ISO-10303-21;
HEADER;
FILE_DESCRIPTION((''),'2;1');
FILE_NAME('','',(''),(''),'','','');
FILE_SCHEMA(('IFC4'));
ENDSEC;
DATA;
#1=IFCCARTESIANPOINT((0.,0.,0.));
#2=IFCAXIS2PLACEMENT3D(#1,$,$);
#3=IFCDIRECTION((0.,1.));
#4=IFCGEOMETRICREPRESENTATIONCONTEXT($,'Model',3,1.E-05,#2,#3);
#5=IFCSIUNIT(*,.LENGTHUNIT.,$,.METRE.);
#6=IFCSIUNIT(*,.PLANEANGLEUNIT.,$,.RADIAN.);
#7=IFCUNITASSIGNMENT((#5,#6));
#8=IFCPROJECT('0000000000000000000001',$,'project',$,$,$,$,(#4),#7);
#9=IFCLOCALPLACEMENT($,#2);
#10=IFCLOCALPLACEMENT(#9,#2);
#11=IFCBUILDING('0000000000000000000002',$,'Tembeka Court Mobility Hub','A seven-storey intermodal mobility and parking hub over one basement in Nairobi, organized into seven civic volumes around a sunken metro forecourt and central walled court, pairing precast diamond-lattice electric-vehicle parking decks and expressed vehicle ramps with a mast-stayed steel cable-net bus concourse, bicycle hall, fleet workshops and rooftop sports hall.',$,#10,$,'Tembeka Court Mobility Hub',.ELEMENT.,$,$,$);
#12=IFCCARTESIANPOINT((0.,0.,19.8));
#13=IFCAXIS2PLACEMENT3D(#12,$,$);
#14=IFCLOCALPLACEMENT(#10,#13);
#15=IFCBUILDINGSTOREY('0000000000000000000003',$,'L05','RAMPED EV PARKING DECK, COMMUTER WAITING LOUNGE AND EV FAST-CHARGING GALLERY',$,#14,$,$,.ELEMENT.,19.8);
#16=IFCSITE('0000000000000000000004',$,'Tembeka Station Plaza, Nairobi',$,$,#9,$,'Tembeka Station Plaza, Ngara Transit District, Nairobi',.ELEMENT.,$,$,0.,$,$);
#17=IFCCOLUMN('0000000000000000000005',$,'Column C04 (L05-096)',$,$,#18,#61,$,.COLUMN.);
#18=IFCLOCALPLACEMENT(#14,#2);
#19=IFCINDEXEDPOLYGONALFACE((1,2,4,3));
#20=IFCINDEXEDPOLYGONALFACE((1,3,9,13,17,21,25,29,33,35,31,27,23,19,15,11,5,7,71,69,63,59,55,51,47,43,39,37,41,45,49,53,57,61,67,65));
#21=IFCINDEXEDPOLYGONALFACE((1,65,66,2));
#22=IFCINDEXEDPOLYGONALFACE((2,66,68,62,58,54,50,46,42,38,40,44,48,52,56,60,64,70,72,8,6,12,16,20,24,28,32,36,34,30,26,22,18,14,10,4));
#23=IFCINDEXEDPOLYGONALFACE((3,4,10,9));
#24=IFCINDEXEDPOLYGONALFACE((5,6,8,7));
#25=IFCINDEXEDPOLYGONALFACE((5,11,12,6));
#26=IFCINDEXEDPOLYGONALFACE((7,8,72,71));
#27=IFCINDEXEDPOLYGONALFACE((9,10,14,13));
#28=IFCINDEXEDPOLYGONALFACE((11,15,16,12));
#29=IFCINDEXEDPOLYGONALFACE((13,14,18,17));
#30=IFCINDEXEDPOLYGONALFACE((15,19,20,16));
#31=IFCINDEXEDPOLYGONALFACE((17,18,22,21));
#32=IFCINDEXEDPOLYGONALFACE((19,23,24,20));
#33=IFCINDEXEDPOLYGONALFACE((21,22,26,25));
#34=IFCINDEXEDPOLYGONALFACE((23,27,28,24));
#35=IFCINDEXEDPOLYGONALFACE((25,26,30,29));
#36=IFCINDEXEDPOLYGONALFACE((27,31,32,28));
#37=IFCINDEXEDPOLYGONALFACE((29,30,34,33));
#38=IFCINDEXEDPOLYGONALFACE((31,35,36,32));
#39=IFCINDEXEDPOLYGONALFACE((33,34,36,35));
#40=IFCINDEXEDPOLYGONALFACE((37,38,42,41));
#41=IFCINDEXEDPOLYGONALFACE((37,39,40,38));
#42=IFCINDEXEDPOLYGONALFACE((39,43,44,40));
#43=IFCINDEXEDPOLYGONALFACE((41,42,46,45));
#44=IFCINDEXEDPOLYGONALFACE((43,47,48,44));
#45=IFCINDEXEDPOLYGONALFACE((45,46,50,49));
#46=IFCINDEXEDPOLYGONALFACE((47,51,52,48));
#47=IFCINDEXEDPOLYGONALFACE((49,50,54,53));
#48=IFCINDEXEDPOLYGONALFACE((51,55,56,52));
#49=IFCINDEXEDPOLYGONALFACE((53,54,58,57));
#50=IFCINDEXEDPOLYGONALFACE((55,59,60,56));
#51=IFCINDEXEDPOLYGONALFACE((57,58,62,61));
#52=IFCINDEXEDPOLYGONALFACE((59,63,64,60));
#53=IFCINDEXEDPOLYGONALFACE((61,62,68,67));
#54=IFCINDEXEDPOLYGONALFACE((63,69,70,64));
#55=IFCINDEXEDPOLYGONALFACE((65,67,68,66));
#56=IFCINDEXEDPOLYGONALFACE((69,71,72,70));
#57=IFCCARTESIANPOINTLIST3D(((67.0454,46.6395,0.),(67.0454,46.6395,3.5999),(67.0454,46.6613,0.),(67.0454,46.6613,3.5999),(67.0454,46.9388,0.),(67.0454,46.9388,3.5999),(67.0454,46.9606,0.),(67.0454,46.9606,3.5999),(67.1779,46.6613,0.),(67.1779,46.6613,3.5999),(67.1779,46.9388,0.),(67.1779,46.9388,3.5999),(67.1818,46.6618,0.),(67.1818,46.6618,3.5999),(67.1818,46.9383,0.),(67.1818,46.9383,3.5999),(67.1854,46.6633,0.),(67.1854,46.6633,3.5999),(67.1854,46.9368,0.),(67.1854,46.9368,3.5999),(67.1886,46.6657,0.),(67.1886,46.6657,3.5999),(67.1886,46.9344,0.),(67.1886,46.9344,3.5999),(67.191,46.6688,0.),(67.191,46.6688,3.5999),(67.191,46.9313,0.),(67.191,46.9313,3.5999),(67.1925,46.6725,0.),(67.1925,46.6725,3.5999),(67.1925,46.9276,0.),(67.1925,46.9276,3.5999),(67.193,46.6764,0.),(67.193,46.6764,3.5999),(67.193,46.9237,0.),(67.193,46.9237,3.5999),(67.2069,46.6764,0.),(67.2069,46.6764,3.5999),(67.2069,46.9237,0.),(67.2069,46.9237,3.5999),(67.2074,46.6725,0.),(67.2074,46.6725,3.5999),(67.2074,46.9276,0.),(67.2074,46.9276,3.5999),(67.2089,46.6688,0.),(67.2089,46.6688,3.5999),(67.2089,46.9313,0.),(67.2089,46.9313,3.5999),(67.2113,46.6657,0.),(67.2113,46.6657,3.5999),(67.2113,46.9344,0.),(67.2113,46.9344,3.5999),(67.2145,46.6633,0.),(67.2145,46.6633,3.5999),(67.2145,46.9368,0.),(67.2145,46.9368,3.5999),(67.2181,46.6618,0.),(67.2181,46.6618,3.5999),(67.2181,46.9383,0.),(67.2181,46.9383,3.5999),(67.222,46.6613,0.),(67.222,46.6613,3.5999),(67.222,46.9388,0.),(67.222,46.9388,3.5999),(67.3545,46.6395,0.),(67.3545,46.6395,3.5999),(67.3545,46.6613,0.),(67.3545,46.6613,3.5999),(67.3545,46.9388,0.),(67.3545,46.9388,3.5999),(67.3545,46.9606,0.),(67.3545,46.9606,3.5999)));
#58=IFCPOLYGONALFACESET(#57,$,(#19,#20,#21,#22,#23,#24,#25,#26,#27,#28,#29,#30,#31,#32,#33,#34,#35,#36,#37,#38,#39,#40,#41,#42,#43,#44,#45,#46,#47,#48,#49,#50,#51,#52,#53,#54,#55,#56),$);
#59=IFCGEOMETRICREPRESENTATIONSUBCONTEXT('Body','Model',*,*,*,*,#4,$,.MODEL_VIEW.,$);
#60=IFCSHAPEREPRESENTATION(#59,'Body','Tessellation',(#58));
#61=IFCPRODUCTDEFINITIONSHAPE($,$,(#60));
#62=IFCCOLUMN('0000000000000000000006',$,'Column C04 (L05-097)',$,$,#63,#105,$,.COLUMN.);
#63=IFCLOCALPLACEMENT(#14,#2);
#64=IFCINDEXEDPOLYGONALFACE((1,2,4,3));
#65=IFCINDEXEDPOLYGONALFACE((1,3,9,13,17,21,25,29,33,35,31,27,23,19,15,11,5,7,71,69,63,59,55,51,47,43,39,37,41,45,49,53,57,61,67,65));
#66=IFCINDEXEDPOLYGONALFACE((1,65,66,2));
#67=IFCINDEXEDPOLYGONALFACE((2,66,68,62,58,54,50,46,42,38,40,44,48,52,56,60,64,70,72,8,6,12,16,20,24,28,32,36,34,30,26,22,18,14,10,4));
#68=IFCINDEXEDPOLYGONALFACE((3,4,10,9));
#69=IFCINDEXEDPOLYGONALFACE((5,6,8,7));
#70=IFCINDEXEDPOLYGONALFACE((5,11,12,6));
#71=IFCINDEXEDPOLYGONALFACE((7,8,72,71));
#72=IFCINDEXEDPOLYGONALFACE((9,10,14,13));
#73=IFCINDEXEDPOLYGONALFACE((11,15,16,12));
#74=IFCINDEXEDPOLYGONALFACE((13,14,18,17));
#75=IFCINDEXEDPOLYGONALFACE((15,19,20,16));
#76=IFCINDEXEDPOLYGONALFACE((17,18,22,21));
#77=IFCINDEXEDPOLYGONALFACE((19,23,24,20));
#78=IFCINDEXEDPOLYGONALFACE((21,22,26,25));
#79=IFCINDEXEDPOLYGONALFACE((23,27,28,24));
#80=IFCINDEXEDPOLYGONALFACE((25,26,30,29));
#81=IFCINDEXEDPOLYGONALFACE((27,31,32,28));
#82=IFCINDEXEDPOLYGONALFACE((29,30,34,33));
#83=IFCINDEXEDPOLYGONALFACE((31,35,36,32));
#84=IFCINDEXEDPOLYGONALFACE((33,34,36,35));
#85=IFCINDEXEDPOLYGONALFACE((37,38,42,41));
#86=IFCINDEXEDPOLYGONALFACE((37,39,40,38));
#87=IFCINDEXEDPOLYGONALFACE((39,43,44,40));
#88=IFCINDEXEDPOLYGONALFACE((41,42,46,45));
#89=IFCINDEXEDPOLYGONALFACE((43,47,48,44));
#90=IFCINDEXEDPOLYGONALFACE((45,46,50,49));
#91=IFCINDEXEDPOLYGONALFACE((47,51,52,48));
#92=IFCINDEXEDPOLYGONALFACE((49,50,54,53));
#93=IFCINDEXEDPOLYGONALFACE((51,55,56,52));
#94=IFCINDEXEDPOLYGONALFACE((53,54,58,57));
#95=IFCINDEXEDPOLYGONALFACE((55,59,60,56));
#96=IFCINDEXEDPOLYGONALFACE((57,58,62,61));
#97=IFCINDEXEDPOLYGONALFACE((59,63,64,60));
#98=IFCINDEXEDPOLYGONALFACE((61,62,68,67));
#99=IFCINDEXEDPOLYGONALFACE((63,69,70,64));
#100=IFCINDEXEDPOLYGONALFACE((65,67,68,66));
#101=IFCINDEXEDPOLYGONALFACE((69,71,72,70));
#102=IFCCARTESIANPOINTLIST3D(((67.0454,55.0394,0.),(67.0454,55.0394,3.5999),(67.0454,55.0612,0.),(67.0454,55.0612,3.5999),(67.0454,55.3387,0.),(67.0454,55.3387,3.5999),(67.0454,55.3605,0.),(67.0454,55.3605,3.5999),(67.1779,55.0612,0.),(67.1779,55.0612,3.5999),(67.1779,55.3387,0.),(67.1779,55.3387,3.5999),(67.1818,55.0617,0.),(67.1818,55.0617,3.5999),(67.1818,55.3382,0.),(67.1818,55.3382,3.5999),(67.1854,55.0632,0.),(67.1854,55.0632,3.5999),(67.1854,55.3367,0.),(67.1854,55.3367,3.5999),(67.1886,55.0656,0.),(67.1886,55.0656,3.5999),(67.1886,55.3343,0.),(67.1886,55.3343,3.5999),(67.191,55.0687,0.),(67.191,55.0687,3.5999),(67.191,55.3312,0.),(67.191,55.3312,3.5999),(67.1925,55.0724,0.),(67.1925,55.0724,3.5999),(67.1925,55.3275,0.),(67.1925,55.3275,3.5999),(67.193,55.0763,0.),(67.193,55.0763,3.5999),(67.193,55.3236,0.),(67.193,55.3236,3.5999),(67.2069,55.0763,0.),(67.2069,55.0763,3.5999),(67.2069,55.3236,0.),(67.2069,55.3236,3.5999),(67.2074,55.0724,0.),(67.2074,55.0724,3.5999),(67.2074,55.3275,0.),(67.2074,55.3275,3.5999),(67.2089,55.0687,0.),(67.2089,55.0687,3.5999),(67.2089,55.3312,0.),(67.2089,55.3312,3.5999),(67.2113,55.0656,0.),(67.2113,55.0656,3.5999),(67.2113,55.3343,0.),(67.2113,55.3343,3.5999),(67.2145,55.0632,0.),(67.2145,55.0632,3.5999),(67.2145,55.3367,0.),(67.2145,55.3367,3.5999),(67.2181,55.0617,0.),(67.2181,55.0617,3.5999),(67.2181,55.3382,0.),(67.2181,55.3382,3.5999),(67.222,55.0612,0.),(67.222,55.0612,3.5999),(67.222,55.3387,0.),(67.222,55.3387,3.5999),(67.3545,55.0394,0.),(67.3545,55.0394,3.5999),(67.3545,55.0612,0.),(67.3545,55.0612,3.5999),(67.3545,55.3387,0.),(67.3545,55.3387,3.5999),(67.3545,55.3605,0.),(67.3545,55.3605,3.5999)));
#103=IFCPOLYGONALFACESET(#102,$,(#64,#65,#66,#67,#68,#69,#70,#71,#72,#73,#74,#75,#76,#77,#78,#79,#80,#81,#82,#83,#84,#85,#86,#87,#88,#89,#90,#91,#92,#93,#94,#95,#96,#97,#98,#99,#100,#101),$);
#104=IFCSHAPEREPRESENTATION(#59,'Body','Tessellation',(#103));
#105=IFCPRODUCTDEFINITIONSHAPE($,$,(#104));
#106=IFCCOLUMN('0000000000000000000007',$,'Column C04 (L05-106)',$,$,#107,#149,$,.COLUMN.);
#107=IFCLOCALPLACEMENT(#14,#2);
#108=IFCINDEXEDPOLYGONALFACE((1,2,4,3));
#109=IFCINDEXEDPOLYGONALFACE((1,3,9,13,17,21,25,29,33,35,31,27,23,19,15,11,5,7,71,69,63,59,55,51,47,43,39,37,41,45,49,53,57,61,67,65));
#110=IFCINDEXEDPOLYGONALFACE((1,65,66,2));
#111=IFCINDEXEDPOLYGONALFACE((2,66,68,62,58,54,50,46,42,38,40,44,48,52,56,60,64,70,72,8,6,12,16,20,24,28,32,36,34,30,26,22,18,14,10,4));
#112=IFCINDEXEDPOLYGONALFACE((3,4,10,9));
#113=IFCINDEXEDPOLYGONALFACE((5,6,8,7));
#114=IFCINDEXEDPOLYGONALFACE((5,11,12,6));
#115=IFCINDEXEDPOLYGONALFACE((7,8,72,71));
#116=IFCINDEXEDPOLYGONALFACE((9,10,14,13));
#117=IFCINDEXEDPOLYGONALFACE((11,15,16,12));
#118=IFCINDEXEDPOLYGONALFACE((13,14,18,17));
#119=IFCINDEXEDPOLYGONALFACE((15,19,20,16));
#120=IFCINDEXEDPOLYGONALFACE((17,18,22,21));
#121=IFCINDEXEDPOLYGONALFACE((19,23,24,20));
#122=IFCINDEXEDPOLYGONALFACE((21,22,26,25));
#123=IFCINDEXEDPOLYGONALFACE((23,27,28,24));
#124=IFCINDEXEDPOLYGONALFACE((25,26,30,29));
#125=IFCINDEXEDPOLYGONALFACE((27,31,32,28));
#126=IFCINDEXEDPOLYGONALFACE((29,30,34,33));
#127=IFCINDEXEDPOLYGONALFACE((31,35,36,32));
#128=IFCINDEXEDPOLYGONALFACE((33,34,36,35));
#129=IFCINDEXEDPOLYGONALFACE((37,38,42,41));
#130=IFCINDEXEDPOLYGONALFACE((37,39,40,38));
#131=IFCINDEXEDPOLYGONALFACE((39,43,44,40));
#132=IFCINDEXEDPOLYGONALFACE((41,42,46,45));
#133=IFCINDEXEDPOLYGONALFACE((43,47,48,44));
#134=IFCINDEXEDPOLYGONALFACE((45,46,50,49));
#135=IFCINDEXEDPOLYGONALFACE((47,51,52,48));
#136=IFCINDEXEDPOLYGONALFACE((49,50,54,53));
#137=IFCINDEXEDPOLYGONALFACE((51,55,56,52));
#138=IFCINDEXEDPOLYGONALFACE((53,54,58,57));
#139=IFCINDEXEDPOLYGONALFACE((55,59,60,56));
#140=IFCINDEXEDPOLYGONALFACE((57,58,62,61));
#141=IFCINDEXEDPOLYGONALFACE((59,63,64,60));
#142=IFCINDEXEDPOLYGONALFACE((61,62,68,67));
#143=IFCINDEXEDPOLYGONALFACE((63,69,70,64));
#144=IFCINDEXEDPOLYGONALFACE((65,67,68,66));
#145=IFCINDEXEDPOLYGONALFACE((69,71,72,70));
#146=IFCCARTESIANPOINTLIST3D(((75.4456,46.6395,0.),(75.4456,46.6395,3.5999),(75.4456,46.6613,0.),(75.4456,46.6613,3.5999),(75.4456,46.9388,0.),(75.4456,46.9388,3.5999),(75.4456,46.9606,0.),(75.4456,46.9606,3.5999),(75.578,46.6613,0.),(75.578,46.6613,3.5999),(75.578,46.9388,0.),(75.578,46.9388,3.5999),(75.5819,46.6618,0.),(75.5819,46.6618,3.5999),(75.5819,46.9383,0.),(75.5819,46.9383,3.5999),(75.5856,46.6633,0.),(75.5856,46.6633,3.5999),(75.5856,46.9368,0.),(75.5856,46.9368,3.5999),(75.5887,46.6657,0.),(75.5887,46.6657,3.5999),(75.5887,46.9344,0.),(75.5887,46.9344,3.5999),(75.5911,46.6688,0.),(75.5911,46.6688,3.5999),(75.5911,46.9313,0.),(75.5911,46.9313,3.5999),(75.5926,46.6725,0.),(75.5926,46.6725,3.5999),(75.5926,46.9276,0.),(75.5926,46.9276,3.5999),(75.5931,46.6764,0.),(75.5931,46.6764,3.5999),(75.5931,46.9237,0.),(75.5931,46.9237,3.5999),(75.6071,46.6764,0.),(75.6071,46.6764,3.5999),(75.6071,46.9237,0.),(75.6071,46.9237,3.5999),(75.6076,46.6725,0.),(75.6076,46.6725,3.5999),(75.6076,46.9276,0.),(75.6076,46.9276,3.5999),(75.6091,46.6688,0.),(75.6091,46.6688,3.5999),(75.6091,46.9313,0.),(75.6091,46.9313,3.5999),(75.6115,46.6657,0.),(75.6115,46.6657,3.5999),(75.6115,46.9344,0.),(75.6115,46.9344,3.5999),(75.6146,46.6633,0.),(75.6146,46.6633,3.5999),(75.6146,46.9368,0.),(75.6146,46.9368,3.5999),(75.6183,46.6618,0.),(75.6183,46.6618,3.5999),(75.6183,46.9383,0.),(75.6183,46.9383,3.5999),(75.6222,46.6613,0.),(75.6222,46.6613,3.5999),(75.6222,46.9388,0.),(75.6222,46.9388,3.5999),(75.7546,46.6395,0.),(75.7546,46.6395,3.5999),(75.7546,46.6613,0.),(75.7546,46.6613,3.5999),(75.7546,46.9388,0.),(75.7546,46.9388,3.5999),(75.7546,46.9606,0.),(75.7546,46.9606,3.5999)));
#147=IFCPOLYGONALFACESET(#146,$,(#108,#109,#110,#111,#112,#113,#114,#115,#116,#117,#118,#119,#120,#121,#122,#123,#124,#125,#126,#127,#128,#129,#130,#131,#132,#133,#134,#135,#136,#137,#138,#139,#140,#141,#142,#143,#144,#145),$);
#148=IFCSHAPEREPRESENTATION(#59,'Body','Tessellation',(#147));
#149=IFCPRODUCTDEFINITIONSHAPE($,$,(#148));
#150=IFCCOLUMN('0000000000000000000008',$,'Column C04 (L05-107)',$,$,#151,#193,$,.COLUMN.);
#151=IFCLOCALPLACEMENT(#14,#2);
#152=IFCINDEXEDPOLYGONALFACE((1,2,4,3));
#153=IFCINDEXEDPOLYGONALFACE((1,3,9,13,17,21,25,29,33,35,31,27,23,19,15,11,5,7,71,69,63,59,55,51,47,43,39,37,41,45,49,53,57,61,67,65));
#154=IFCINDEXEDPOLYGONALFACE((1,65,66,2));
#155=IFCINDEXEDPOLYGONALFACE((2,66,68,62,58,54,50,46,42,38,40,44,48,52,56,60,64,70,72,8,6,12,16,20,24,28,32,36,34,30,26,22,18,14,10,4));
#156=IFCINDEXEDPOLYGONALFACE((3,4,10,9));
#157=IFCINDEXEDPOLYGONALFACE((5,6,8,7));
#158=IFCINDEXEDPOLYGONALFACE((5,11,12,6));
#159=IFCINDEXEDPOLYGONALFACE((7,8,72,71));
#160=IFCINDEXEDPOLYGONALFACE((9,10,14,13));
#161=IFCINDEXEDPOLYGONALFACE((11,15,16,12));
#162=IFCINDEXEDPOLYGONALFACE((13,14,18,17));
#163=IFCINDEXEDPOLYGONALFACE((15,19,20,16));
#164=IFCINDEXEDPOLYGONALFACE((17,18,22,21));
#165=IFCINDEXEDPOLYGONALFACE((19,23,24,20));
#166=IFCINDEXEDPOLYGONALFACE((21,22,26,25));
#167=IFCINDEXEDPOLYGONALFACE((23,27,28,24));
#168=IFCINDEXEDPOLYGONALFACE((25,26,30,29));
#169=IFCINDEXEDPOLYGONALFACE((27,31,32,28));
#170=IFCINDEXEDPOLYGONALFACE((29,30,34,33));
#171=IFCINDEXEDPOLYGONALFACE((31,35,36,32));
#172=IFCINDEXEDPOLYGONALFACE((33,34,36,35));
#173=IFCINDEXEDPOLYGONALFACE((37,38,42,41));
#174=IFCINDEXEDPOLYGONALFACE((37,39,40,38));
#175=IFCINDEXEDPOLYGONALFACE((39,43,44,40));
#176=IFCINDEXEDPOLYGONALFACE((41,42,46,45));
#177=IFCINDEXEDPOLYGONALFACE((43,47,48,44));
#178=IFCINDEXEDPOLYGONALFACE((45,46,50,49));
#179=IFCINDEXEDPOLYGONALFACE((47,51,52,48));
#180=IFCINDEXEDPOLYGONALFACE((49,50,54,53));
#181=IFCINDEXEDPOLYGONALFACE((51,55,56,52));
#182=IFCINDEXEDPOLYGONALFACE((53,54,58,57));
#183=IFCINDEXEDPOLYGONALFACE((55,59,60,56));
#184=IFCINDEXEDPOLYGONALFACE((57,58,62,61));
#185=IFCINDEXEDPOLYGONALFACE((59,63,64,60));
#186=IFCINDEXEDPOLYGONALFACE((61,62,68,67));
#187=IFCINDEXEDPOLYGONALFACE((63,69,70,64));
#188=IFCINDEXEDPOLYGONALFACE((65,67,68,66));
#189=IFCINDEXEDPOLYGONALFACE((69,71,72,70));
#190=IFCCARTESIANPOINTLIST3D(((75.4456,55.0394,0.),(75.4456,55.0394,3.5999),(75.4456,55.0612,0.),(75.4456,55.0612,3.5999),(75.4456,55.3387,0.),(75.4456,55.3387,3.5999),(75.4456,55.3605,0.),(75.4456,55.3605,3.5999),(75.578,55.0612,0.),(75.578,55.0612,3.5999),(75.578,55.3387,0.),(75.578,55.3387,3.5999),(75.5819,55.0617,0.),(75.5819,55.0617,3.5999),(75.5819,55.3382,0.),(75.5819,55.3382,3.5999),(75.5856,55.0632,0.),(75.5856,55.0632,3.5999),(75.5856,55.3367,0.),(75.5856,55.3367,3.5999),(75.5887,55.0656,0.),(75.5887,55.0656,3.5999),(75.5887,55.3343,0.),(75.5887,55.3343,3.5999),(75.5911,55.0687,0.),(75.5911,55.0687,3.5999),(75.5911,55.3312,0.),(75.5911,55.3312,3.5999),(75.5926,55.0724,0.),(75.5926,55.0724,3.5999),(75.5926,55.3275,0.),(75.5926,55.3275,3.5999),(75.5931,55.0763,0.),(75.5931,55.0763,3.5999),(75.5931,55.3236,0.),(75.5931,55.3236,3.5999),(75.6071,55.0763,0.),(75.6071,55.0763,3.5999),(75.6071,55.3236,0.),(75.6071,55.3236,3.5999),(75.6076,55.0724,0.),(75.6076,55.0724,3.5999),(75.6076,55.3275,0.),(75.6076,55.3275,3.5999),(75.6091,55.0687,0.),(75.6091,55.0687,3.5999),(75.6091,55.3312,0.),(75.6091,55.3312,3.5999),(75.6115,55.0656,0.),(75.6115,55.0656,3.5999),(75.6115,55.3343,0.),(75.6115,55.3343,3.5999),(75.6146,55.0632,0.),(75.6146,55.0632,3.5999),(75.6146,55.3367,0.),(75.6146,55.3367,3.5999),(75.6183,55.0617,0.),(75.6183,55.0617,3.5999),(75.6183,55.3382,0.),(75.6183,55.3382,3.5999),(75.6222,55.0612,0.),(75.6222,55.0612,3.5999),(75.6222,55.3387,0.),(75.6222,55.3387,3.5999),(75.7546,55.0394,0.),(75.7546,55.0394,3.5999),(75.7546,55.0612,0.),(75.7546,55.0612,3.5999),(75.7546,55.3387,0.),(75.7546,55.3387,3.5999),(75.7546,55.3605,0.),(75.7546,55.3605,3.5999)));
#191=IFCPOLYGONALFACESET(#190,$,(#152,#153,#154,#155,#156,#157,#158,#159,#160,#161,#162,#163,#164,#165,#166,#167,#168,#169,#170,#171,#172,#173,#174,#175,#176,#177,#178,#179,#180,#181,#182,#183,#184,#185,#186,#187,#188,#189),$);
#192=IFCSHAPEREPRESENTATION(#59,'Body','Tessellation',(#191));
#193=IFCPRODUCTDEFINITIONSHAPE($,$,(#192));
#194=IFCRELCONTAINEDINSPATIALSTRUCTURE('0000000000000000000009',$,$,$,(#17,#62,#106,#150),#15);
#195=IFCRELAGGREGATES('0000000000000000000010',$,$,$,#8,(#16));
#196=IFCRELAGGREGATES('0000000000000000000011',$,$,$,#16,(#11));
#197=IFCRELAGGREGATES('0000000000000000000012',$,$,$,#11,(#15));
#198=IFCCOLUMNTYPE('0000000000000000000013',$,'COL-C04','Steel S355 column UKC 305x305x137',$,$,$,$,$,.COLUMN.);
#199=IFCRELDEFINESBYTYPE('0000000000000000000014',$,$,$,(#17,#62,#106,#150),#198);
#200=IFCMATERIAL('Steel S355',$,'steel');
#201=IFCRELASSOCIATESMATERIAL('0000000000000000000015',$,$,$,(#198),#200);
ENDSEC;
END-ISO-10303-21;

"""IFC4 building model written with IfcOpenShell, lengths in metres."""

from ifc_helpers import new_model, si_unit, direction, frame, origin, origin_2d, place, context, subcontext, project, spatial, i_section, extrude, material, material_profile, profile_set, type_object, element, save


model = new_model("IFC4")

# Units and contexts
model_context = context("Model", 3, precision=1e-05, world=origin(), true_north=direction((0.0, 1.0)))
body_context = subcontext(model_context, "Body", "Model", "MODEL_VIEW")
ifc_project = project(units=[si_unit("LENGTHUNIT", "METRE"), si_unit("PLANEANGLEUNIT", "RADIAN")], contexts=[model_context])

# Site, building, storey
site_placement = place(None, origin())
site = spatial("IfcSite", under=ifc_project, at=site_placement, Name="Tembeka Station Plaza, Nairobi", LongName="Tembeka Station Plaza, Ngara Transit District, Nairobi", CompositionType="ELEMENT", RefElevation=0.0)
building_placement = place(site_placement, origin())
building = spatial("IfcBuilding", under=site, at=building_placement, Name="Tembeka Court Mobility Hub", Description="A seven-storey intermodal mobility and parking hub over one basement in Nairobi, organized into seven civic volumes around a sunken metro forecourt and central walled court, pairing precast diamond-lattice electric-vehicle parking decks and expressed vehicle ramps with a mast-stayed steel cable-net bus concourse, bicycle hall, fleet workshops and rooftop sports hall.", LongName="Tembeka Court Mobility Hub", CompositionType="ELEMENT")
storey_placement = place(building_placement, frame((0.0, 0.0, 19.8)))
storey = spatial("IfcBuildingStorey", under=building, at=storey_placement, Name="L05", Description="RAMPED EV PARKING DECK, COMMUTER WAITING LOUNGE AND EV FAST-CHARGING GALLERY", CompositionType="ELEMENT", Elevation=19.8)

# Columns
ifc_material_1 = material(Name="Steel S355", Category="steel")
ifc_material_profile_1 = material_profile(ifc_material_1, i_section(OverallWidth=0.3091, OverallDepth=0.321, WebThickness=0.0139, FlangeThickness=0.0217, FilletRadius=0.0151, at=origin_2d()), Name="UKC 305x305x137")
ifc_profile_set_1 = profile_set([ifc_material_profile_1], Name="Steel S355")
column_type = type_object("IfcColumnType", Name="COL-C04", Description="Steel S355 column UKC 305x305x137", PredefinedType="COLUMN", material=ifc_profile_set_1)
for number, where, z_axis, x_axis, name in (
    (1, (67.2, 46.8, 0.0), (0.0, 0.0, 1.0), (1.0, 0.0, 0.0), "Column C04 (L05-096)"),
    (2, (67.2, 55.2, 0.0), (0.0, 0.0, 1.0), (1.0, 0.0, 0.0), "Column C04 (L05-097)"),
    (3, (75.6001, 46.8, 0.0), (0.0, 0.0, 1.0), (1.0, 0.0, 0.0), "Column C04 (L05-106)"),
    (4, (75.6001, 55.2, 0.0), (0.0, 0.0, 1.0), (1.0, 0.0, 0.0), "Column C04 (L05-107)"),
):
    element("IfcColumn", number, at=place(storey_placement, frame(where, z_axis=z_axis, x_axis=x_axis)), inside=storey, type_object=column_type, Name=name, PredefinedType="COLUMN", context=body_context, shape_type="SweptSolid", body=[
        extrude(i_section(OverallWidth=0.3091, OverallDepth=0.321, WebThickness=0.0139, FlangeThickness=0.0217, FilletRadius=0.0151, at=origin_2d()), origin(), (0.0, 0.0, 1.0), 3.5999),
    ])

save(model, "model.ifc")
